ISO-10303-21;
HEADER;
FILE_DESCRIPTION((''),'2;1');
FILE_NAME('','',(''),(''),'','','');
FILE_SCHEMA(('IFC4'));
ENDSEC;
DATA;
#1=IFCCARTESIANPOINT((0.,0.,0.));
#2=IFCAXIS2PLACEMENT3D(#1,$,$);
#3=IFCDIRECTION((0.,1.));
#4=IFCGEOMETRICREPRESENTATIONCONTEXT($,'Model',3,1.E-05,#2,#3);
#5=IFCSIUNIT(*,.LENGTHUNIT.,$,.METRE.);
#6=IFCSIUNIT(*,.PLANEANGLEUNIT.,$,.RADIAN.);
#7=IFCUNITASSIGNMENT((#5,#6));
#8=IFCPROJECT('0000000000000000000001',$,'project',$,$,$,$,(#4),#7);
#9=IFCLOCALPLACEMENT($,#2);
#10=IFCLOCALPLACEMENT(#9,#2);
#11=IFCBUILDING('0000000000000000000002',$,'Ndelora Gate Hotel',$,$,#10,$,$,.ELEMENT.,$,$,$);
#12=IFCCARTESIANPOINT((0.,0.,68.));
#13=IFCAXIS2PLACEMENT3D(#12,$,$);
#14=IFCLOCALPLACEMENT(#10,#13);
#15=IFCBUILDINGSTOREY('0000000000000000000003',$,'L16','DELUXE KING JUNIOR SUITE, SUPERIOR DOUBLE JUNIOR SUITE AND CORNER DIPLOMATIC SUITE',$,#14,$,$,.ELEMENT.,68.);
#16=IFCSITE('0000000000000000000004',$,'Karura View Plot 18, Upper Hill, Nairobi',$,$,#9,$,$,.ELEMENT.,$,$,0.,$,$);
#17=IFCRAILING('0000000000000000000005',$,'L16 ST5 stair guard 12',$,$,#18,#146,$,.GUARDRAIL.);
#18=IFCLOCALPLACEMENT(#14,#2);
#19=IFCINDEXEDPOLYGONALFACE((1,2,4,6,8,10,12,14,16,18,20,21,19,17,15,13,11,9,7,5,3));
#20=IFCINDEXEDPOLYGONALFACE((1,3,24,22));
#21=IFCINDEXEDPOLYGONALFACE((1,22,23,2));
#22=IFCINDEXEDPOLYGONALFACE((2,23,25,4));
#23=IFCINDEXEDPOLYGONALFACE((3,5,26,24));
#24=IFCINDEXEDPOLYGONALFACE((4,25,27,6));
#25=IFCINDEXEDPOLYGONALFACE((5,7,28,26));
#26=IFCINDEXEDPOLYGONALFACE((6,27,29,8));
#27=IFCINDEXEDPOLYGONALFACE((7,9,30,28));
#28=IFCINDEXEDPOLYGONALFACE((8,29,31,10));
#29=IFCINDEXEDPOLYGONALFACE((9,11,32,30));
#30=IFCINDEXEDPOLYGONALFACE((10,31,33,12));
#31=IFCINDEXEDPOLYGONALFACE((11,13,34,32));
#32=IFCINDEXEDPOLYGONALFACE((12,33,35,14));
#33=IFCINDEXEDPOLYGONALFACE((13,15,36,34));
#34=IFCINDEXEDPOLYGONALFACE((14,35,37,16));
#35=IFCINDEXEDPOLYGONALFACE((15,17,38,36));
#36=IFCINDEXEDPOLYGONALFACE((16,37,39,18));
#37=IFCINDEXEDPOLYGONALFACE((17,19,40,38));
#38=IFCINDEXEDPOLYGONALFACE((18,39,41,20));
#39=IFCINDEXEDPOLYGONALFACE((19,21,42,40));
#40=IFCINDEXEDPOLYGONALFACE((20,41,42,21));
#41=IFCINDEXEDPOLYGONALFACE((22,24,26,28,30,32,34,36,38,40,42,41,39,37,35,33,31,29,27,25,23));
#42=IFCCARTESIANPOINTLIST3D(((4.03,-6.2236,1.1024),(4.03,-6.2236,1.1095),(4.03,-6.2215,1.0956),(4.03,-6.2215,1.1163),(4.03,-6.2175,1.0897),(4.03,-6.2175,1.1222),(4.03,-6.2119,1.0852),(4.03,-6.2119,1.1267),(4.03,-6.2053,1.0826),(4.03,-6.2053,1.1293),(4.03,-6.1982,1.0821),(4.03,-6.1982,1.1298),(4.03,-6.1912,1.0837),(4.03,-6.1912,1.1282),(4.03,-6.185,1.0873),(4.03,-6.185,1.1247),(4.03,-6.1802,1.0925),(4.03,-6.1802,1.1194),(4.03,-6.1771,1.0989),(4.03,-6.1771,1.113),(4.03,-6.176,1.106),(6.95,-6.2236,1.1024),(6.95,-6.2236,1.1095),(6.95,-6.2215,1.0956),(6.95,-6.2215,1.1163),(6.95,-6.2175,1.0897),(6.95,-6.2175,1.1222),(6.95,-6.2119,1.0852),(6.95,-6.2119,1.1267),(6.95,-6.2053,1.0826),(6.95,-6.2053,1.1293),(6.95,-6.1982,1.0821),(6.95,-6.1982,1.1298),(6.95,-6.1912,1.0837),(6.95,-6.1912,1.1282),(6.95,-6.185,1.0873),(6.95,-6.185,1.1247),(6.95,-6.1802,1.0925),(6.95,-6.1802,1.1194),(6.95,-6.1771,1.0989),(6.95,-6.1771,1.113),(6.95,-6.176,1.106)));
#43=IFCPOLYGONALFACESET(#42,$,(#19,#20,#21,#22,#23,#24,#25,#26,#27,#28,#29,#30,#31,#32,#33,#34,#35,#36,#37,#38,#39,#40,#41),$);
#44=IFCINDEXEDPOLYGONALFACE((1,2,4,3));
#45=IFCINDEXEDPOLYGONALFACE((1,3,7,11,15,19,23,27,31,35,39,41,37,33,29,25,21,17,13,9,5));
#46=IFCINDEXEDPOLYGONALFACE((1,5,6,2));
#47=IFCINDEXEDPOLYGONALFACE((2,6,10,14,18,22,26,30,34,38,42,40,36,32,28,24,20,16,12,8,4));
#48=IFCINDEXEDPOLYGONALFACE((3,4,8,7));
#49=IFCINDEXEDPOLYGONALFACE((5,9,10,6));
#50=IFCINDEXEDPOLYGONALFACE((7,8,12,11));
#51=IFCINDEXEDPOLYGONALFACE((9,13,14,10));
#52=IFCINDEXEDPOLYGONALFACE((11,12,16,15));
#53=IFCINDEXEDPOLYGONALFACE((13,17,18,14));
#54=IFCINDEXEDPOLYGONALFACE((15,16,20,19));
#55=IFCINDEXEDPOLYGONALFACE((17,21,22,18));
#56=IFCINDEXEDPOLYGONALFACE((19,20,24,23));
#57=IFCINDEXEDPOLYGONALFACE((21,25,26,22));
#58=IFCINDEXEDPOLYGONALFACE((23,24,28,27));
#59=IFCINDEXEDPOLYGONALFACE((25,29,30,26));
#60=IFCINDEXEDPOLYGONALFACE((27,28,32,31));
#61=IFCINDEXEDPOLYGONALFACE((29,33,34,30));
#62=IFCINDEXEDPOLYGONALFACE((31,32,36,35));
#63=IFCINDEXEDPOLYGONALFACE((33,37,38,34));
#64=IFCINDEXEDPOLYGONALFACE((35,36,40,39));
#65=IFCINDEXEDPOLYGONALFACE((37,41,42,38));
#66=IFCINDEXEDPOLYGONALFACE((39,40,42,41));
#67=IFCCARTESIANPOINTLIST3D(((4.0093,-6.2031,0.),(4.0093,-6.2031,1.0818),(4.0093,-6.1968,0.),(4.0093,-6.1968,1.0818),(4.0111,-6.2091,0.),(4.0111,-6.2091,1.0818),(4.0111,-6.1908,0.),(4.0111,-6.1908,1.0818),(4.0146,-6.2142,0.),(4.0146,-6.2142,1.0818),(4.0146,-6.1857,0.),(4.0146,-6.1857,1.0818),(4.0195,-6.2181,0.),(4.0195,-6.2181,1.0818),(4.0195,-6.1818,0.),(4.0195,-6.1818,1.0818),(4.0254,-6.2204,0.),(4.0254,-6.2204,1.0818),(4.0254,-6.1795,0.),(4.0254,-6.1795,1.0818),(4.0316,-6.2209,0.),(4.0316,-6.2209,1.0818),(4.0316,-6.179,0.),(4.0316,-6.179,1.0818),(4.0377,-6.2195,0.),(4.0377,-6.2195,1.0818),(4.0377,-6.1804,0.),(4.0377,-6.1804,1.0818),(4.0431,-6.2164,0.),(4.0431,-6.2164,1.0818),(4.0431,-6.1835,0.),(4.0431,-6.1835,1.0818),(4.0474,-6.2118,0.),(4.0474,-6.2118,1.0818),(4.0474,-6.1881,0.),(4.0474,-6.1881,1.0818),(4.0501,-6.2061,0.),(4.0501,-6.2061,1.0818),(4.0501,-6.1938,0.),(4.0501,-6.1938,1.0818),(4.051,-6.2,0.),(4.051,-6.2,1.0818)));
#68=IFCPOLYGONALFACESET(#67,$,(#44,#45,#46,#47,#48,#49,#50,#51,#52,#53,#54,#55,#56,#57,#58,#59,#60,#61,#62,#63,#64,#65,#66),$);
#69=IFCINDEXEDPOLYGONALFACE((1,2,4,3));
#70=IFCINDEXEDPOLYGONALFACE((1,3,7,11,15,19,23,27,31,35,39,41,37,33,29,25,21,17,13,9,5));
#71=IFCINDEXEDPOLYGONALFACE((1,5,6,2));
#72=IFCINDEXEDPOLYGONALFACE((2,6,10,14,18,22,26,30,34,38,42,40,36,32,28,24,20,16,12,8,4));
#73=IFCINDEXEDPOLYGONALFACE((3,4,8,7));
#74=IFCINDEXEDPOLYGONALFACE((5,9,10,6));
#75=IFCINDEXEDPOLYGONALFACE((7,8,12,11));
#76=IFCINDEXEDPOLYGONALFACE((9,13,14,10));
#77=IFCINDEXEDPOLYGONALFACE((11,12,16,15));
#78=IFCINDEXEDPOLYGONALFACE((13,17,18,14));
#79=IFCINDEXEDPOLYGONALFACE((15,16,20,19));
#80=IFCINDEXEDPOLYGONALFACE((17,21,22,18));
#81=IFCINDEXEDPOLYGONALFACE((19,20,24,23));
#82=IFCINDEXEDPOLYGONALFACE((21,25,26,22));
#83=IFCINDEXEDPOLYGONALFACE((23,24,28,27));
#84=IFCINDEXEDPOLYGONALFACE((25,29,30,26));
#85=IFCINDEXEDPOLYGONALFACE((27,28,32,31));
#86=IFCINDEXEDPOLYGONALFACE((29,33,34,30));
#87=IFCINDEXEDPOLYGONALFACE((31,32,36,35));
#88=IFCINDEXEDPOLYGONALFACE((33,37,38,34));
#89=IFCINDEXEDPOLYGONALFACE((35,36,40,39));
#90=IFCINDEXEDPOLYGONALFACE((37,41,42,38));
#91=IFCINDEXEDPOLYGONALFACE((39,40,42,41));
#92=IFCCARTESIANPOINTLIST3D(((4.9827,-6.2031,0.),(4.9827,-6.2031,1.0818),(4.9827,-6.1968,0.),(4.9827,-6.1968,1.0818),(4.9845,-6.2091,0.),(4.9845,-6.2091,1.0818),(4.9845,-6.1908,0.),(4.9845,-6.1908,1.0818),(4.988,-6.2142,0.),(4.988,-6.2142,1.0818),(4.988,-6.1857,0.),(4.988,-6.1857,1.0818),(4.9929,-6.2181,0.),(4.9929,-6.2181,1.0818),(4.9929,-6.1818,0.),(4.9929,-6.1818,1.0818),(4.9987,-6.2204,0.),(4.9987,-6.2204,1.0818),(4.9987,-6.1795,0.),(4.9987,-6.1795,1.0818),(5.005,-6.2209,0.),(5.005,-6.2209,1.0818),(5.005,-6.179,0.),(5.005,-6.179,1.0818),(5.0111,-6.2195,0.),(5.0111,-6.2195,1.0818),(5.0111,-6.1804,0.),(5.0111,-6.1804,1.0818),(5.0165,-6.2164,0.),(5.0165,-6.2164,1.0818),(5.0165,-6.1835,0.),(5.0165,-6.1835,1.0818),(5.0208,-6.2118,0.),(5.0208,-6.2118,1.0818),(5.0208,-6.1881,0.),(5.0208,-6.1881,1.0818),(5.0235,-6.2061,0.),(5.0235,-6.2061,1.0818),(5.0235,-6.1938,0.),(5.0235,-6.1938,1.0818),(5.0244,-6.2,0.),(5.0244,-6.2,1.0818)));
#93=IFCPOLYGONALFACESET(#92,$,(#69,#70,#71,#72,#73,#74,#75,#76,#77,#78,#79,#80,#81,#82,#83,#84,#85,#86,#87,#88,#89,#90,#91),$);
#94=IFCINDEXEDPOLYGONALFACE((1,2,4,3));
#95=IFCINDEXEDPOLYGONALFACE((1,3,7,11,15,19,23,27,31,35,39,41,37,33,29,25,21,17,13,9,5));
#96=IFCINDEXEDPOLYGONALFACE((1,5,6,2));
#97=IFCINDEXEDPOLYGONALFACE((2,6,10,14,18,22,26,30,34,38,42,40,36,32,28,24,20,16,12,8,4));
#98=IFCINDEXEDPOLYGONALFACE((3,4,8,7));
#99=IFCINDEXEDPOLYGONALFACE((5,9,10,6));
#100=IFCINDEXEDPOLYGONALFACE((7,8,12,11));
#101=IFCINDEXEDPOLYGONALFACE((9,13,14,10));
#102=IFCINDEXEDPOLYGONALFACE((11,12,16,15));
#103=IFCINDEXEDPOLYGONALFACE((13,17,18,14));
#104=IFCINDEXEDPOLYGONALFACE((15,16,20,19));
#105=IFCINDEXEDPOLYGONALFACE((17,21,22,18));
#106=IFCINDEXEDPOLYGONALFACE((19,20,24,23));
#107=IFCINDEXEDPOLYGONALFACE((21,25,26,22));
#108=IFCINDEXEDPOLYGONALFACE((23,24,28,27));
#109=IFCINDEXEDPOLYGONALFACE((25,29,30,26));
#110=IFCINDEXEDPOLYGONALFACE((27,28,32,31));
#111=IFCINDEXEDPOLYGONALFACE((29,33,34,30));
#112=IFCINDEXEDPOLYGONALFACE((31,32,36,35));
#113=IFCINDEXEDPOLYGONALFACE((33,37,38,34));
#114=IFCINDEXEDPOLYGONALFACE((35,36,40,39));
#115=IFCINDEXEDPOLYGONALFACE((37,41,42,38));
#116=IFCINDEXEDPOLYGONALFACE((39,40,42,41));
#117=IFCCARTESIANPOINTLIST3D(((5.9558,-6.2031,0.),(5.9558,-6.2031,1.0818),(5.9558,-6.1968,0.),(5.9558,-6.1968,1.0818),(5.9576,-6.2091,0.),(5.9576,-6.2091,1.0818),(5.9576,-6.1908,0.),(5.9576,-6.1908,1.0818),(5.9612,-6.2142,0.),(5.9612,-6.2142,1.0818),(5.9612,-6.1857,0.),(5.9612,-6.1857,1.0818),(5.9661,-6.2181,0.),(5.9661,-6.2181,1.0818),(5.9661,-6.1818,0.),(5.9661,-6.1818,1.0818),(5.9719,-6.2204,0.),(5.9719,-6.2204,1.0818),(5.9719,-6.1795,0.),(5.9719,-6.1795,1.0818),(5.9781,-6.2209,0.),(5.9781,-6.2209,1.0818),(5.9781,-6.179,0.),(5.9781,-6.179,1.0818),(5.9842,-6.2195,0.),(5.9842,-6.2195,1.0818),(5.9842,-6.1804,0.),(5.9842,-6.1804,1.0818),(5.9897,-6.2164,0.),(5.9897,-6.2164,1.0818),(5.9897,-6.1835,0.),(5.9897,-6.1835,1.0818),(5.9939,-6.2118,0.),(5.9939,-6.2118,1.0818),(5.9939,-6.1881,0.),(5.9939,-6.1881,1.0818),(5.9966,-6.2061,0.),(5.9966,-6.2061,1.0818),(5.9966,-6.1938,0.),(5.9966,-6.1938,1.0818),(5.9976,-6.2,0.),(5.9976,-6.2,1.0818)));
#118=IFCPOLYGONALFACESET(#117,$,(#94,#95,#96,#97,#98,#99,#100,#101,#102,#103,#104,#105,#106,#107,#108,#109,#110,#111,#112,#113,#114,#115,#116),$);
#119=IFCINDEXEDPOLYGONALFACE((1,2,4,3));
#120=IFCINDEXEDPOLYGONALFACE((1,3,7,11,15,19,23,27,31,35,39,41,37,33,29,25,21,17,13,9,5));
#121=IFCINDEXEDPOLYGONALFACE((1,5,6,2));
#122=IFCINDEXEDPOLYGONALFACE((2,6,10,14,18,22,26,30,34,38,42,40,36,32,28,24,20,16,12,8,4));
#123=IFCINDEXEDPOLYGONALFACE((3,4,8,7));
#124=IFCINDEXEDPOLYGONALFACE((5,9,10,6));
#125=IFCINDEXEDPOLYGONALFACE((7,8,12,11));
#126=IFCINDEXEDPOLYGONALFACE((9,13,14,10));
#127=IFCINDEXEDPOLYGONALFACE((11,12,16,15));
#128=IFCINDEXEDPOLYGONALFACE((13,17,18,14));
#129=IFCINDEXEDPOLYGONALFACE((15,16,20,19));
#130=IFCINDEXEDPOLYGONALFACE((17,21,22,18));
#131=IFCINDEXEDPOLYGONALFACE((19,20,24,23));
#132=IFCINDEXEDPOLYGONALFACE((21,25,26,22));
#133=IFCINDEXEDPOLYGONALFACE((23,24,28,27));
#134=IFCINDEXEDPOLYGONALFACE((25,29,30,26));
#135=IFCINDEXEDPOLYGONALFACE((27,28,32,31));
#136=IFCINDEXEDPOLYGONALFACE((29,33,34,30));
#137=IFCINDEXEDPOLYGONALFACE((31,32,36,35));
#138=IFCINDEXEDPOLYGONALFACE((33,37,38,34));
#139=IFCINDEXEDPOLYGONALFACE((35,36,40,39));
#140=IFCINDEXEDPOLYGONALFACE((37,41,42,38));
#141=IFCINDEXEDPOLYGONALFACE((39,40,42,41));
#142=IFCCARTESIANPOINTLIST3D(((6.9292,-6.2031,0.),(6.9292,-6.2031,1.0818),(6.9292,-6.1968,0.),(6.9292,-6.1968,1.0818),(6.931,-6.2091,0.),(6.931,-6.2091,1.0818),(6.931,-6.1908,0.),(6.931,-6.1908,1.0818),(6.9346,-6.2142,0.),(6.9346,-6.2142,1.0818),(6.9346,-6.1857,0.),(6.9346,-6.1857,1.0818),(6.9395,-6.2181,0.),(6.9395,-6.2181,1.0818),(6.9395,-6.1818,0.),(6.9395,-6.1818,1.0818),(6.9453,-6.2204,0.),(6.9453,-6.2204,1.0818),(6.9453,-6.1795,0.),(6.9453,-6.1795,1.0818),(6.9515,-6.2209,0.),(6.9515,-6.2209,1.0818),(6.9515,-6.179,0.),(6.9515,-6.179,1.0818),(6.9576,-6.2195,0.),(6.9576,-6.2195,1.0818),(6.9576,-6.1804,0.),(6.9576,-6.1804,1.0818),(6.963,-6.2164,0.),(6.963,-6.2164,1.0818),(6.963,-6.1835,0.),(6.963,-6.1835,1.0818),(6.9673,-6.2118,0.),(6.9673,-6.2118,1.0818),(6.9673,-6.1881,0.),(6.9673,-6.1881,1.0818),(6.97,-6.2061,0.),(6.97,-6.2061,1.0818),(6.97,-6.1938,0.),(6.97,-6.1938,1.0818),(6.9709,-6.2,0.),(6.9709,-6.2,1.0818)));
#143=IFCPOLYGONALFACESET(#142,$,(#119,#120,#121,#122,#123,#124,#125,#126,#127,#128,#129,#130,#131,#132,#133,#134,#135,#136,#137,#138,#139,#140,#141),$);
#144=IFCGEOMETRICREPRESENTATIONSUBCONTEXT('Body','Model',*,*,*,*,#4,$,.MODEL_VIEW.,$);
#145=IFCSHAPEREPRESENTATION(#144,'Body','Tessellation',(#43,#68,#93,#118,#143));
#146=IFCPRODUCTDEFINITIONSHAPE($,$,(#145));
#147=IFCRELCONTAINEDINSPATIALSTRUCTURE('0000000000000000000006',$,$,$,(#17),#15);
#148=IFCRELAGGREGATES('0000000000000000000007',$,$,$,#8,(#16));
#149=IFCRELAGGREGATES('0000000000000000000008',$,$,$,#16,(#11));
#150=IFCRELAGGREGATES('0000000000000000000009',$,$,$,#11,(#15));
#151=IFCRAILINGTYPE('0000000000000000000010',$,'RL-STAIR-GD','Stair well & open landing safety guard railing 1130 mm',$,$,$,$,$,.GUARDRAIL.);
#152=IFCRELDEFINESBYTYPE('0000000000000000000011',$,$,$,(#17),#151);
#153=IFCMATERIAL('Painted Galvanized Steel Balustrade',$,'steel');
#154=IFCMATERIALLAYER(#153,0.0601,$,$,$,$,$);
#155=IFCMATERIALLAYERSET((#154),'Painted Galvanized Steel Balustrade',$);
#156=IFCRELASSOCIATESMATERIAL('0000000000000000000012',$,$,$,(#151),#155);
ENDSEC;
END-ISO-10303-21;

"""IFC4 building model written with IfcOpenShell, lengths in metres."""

from ifc_helpers import new_model, si_unit, direction, frame, origin, origin_2d, place, context, subcontext, project, spatial, circle, extrude, material, layer, layer_set, type_object, element, save


model = new_model("IFC4")

# Units and contexts
model_context = context("Model", 3, precision=1e-05, world=origin(), true_north=direction((0.0, 1.0)))
body_context = subcontext(model_context, "Body", "Model", "MODEL_VIEW")
ifc_project = project(units=[si_unit("LENGTHUNIT", "METRE"), si_unit("PLANEANGLEUNIT", "RADIAN")], contexts=[model_context])

# Site, building, storey
site_placement = place(None, origin())
site = spatial("IfcSite", under=ifc_project, at=site_placement, Name="Karura View Plot 18, Upper Hill, Nairobi", CompositionType="ELEMENT", RefElevation=0.0)
building_placement = place(site_placement, origin())
building = spatial("IfcBuilding", under=site, at=building_placement, Name="Ndelora Gate Hotel", CompositionType="ELEMENT")
storey_placement = place(building_placement, frame((0.0, 0.0, 68.0)))
storey = spatial("IfcBuildingStorey", under=building, at=storey_placement, Name="L16", Description="DELUXE KING JUNIOR SUITE, SUPERIOR DOUBLE JUNIOR SUITE AND CORNER DIPLOMATIC SUITE", CompositionType="ELEMENT", Elevation=68.0)

# Railing
ifc_material_1 = material(Name="Painted Galvanized Steel Balustrade", Category="steel")
ifc_layer_1 = layer(ifc_material_1, 0.0601)
ifc_layer_set_1 = layer_set([ifc_layer_1], Name="Painted Galvanized Steel Balustrade")
railing_type = type_object("IfcRailingType", Name="RL-STAIR-GD", Description="Stair well & open landing safety guard railing 1130 mm", PredefinedType="GUARDRAIL", material=ifc_layer_set_1)
railing_1_placement = place(storey_placement, frame((4.03, -6.2, 0.0)))
element("IfcRailing", 1, at=railing_1_placement, inside=storey, type_object=railing_type, Name="L16 ST5 stair guard 12", PredefinedType="GUARDRAIL", context=body_context, shape_type="SweptSolid", body=[
    extrude(circle(Radius=0.0239, at=origin_2d()), frame((0.0, 0.0, 1.106), z_axis=(1.0, 0.0, 0.0), x_axis=(0.0, 1.0, 0.0)), (0.0, 0.0, 1.0), 2.9199),
    extrude(circle(Radius=0.021, at=origin_2d()), origin(), (0.0, 0.0, 1.0), 1.0818),
    extrude(circle(Radius=0.021, at=origin_2d()), frame((0.9734, 0.0, 0.0)), (0.0, 0.0, 1.0), 1.0818),
    extrude(circle(Radius=0.021, at=origin_2d()), frame((1.9465, 0.0, 0.0)), (0.0, 0.0, 1.0), 1.0818),
    extrude(circle(Radius=0.021, at=origin_2d()), frame((2.9199, 0.0, 0.0)), (0.0, 0.0, 1.0), 1.0818),
])

save(model, "model.ifc")
